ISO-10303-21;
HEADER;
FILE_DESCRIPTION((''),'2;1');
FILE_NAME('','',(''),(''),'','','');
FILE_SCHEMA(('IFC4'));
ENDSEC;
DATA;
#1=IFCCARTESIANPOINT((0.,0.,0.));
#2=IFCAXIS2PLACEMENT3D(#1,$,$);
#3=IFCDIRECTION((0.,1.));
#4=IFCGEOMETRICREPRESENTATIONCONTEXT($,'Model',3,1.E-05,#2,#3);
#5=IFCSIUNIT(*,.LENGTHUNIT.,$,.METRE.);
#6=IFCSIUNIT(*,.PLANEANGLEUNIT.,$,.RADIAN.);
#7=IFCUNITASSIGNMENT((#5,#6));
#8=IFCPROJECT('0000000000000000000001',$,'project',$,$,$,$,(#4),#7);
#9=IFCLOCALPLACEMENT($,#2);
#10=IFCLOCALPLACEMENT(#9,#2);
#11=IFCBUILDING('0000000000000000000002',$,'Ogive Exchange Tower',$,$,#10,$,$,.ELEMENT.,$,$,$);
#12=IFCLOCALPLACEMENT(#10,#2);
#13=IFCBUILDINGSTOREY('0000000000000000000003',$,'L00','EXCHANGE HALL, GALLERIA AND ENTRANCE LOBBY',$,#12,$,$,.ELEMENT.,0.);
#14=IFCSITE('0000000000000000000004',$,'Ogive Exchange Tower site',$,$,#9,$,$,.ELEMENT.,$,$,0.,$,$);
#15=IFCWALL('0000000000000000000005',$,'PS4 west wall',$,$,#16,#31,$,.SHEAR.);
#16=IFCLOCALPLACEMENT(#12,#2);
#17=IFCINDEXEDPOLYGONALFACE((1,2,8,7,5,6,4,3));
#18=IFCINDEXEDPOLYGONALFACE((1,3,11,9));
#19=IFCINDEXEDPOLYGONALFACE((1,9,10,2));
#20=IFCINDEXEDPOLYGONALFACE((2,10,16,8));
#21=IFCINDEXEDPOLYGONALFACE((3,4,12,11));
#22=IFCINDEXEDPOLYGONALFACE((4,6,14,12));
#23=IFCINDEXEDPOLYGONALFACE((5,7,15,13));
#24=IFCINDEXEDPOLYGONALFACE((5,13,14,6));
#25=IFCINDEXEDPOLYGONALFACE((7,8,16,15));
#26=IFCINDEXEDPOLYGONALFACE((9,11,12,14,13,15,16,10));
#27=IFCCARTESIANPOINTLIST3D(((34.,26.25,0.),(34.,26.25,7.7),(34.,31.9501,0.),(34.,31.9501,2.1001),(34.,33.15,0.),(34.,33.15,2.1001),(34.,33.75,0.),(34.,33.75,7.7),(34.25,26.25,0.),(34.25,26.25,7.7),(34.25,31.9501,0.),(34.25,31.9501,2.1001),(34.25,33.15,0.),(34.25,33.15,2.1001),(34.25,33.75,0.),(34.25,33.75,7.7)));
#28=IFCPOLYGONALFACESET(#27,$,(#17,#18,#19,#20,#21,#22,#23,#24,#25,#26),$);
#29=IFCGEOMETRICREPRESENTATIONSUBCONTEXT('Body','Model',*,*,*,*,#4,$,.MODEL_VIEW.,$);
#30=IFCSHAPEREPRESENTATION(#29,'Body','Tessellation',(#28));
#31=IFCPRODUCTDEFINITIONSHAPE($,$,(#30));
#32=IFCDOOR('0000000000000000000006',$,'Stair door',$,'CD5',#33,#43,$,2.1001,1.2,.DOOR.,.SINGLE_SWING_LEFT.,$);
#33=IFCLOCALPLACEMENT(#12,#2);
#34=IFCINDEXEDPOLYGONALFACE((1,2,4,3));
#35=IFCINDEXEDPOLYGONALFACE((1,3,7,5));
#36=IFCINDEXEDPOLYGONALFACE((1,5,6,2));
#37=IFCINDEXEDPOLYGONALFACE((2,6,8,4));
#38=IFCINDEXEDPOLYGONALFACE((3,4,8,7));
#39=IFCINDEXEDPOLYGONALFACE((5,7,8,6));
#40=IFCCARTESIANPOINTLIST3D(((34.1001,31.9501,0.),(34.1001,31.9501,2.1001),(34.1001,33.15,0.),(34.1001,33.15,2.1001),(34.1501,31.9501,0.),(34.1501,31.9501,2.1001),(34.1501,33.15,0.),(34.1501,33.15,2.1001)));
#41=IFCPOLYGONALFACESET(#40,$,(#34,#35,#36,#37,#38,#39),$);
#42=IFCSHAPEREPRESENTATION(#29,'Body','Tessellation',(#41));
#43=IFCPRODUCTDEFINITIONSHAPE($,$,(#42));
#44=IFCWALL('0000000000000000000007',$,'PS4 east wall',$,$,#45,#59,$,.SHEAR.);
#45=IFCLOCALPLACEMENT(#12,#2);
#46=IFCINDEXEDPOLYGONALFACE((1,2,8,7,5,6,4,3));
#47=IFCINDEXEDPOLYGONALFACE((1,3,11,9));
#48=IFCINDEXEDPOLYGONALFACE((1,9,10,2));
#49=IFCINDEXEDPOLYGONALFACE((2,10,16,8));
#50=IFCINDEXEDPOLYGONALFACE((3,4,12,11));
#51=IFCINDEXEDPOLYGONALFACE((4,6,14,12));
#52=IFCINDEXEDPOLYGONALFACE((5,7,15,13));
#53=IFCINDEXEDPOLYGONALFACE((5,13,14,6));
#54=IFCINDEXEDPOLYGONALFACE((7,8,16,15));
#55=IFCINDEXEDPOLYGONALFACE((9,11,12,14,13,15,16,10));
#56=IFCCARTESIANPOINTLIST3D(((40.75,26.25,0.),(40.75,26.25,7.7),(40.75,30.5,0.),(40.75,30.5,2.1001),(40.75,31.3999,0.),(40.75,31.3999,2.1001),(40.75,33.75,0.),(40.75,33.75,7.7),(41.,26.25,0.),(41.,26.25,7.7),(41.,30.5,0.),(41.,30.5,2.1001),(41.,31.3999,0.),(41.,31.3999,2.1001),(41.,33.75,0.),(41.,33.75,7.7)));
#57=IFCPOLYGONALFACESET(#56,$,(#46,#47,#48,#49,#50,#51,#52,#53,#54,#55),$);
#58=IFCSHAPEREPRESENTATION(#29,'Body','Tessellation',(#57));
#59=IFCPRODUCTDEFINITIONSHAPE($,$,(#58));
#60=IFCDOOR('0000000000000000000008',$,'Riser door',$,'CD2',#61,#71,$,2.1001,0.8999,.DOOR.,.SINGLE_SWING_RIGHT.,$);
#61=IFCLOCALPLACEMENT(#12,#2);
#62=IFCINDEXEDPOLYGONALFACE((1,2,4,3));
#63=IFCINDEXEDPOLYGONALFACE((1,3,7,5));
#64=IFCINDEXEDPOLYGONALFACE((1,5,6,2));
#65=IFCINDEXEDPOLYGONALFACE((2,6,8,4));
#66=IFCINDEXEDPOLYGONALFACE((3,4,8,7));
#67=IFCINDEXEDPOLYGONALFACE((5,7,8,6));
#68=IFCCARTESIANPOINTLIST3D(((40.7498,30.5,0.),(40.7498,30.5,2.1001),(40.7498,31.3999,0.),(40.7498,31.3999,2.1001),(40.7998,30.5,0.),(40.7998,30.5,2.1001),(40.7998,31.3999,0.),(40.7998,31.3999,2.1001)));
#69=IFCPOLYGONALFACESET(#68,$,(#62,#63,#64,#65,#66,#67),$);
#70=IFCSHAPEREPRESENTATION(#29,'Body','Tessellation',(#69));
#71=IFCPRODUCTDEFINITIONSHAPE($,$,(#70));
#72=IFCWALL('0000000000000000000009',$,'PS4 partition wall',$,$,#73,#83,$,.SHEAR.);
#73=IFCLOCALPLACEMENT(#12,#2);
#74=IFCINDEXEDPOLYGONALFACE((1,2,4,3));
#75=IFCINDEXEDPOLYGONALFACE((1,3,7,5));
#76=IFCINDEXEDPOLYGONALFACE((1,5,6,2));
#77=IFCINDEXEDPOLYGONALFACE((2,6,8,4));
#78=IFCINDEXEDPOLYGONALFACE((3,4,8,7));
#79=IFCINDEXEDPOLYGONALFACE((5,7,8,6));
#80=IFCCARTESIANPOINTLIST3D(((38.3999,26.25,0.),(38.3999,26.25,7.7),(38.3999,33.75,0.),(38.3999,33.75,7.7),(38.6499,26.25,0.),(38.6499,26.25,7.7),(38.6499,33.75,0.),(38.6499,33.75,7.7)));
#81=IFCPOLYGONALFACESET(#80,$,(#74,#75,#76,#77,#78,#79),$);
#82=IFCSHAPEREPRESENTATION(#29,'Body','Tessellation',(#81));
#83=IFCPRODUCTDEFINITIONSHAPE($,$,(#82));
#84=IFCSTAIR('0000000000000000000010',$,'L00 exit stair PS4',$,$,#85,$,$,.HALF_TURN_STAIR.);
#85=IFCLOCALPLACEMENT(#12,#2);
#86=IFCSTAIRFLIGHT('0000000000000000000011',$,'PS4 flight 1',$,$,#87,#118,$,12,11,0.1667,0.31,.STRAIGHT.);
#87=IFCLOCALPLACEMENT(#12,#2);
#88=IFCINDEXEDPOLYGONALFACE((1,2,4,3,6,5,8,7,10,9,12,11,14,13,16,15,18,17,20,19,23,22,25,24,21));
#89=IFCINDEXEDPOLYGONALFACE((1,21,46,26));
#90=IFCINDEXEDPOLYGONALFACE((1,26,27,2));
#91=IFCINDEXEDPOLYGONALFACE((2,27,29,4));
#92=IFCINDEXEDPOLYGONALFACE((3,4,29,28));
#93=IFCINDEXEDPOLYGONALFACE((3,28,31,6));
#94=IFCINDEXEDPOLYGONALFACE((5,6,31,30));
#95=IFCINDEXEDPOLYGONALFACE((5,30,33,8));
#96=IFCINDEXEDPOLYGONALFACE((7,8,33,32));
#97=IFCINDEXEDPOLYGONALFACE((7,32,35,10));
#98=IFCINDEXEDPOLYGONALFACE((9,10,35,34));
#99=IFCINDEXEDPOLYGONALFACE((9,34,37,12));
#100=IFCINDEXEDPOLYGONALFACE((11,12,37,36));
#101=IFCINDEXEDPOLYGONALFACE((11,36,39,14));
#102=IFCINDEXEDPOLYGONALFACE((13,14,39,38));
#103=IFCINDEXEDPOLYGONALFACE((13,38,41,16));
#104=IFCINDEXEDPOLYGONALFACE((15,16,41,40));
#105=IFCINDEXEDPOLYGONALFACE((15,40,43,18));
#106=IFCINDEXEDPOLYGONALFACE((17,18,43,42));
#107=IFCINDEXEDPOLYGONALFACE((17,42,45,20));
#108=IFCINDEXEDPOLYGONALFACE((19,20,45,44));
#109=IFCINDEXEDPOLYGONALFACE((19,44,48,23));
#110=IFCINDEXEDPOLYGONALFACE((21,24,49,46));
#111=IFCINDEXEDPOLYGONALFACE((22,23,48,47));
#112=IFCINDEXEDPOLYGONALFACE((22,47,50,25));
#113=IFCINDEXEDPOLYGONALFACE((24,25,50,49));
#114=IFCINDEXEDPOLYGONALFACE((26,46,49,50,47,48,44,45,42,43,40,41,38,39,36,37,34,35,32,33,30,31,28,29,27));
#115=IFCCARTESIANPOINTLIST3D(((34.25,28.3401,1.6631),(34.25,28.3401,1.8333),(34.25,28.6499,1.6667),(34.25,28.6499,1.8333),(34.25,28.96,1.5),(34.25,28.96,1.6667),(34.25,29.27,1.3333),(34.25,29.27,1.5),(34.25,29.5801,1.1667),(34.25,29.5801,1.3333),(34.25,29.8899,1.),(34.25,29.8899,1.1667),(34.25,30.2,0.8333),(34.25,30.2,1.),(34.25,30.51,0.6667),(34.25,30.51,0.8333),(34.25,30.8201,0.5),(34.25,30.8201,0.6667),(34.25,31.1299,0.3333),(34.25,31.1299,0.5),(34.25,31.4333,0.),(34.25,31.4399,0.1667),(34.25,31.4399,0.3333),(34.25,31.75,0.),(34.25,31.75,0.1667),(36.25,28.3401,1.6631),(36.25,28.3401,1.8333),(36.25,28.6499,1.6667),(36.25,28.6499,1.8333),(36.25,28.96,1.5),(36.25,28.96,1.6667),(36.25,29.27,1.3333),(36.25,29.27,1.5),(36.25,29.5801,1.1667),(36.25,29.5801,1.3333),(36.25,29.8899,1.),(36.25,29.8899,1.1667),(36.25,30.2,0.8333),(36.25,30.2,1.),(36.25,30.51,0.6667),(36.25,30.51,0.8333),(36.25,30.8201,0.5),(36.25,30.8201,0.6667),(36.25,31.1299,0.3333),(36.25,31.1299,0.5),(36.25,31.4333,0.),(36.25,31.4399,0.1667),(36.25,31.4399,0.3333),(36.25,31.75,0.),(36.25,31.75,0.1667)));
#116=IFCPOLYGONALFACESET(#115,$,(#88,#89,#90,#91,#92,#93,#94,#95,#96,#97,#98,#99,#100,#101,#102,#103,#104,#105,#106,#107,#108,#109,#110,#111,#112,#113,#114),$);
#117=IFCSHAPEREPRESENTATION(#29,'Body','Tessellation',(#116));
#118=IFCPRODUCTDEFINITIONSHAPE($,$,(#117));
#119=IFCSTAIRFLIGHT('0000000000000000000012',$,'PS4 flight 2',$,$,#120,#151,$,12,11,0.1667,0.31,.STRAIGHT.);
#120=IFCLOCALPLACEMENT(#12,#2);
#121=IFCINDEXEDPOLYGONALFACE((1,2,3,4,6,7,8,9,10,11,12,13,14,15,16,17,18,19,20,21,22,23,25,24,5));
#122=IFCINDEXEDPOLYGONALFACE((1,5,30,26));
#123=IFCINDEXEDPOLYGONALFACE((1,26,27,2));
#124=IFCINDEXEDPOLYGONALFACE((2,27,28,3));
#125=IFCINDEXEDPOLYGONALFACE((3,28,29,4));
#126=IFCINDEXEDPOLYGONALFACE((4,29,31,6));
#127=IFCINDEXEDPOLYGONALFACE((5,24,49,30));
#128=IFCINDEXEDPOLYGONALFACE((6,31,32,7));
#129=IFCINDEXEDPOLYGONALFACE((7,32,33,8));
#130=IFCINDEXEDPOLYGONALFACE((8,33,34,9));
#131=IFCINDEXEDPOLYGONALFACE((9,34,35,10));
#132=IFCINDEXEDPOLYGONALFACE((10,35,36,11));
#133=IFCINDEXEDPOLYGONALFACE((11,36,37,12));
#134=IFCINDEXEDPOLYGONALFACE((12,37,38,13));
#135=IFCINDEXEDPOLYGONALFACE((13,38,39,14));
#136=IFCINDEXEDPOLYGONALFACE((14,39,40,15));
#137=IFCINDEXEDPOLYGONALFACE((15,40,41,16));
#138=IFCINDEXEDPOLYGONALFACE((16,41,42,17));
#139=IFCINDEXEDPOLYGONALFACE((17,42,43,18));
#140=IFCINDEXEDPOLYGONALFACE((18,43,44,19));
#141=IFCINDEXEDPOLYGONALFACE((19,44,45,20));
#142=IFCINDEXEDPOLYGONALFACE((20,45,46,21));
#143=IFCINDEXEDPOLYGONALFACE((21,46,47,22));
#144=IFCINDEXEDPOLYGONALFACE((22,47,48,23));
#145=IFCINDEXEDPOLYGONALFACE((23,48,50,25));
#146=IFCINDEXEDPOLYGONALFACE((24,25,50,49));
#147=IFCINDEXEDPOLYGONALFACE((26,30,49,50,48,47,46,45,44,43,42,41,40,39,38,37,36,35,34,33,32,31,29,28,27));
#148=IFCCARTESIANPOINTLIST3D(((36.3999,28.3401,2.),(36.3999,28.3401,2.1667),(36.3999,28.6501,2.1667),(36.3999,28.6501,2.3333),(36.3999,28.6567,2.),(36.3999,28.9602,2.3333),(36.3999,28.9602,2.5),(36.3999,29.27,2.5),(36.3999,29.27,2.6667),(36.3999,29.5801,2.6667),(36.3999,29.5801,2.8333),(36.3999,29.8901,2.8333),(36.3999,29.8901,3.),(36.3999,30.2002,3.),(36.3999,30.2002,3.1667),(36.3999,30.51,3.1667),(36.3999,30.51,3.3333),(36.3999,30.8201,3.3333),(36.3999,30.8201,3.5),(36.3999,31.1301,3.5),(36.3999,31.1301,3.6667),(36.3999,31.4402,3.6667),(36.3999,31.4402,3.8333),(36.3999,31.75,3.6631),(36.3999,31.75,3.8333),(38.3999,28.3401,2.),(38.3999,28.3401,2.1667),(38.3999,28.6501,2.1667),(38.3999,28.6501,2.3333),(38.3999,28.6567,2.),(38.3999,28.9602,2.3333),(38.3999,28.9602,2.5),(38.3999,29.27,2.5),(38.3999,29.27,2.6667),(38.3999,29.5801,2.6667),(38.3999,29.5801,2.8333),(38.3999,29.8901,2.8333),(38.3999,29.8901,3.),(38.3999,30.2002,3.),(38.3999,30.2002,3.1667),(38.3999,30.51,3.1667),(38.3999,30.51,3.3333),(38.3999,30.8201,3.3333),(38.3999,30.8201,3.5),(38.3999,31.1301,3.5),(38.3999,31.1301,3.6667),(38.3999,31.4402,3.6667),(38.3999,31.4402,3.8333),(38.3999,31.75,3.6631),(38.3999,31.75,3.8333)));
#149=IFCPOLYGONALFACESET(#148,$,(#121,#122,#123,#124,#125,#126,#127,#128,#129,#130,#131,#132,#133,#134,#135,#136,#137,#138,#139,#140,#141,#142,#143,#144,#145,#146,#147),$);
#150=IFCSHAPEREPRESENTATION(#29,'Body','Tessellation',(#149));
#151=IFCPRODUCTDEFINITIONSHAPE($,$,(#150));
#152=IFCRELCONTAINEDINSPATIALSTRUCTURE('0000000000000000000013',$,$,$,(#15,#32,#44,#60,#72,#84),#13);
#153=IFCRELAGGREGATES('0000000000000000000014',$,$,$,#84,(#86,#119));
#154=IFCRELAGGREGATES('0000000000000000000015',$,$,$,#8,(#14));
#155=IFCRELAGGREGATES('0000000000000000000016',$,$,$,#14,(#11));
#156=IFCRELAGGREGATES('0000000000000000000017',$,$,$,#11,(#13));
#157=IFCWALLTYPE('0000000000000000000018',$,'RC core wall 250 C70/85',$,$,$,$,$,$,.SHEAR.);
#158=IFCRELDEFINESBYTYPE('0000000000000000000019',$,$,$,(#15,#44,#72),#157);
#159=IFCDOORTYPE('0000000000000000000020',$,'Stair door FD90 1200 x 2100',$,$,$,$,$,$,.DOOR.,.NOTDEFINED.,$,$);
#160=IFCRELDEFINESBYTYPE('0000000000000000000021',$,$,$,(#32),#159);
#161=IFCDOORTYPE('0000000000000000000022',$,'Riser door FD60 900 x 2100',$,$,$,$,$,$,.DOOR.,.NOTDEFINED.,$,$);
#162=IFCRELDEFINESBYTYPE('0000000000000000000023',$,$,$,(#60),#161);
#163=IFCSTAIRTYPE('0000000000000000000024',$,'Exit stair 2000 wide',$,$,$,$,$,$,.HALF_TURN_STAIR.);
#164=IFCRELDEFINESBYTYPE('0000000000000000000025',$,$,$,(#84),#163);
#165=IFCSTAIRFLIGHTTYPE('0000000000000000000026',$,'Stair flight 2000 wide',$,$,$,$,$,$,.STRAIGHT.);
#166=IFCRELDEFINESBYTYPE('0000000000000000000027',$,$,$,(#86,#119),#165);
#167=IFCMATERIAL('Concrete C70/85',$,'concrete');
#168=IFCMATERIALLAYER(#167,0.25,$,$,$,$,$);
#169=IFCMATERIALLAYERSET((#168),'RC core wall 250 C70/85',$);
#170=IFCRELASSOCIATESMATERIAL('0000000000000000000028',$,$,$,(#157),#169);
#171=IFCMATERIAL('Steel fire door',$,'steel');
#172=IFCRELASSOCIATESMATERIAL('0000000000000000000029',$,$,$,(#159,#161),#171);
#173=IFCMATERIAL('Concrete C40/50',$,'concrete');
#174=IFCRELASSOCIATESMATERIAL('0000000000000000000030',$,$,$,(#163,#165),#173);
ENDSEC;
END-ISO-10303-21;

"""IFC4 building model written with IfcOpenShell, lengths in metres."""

from ifc_helpers import new_model, si_unit, direction, frame, frame_2d, origin, place, context, subcontext, project, spatial, polyline, rectangle, outline, extrude, material, layer, layer_set, type_object, element, fill, aggregate, save


model = new_model("IFC4")

# Units and contexts
model_context = context("Model", 3, precision=1e-05, world=origin(), true_north=direction((0.0, 1.0)))
body_context = subcontext(model_context, "Body", "Model", "MODEL_VIEW")
ifc_project = project(units=[si_unit("LENGTHUNIT", "METRE"), si_unit("PLANEANGLEUNIT", "RADIAN")], contexts=[model_context])

# Site, building, storey
site_placement = place(None, origin())
site = spatial("IfcSite", under=ifc_project, at=site_placement, Name="Ogive Exchange Tower site", CompositionType="ELEMENT", RefElevation=0.0)
building_placement = place(site_placement, origin())
building = spatial("IfcBuilding", under=site, at=building_placement, Name="Ogive Exchange Tower", CompositionType="ELEMENT")
storey_placement = place(building_placement, origin())
storey = spatial("IfcBuildingStorey", under=building, at=storey_placement, Name="L00", Description="EXCHANGE HALL, GALLERIA AND ENTRANCE LOBBY", CompositionType="ELEMENT", Elevation=0.0)

# Shared definitions
ifc_material_1 = material(Name="Concrete C70/85", Category="concrete")

# Walls, openings, doors
ifc_layer_1 = layer(ifc_material_1, 0.25)
ifc_layer_set_1 = layer_set([ifc_layer_1], Name="RC core wall 250 C70/85")
wall_type_1 = type_object("IfcWallType", Name="RC core wall 250 C70/85", PredefinedType="SHEAR", material=ifc_layer_set_1)
wall_1_placement = place(storey_placement, frame((34.125, 26.25, 0.0), z_axis=(0.0, 0.0, 1.0), x_axis=(0.0, 1.0, 0.0)))
wall_1 = element("IfcWall", 1, at=wall_1_placement, inside=storey, type_object=wall_type_1, Name="PS4 west wall", PredefinedType="SHEAR", context=body_context, shape_type="SweptSolid", body=[
    extrude(rectangle(XDim=7.5, YDim=0.25, at=frame_2d((3.75, 0.0))), origin(), (0.0, 0.0, 1.0), 7.7),
])
opening_1_placement = place(wall_1_placement, frame((5.7, 0.0, 0.0)))
opening_1 = element("IfcOpeningElement", 2, at=opening_1_placement, cuts=wall_1, PredefinedType="OPENING", context=body_context, shape_type="SweptSolid", body=[
    extrude(rectangle(XDim=1.2, YDim=2.1001, at=frame_2d((0.6001, 1.05))), frame((0.0, 0.135, 0.0), z_axis=(0.0, -1.0, 0.0), x_axis=(1.0, 0.0, 0.0)), (0.0, 0.0, 1.0), 0.27),
])
ifc_material_2 = material(Name="Steel fire door", Category="steel")
door_type_1 = type_object("IfcDoorType", Name="Stair door FD90 1200 x 2100", OperationType="NOTDEFINED", PredefinedType="DOOR", material=ifc_material_2)
door_1_placement = place(opening_1_placement, origin())
door_1 = element("IfcDoor", 3, at=door_1_placement, inside=storey, type_object=door_type_1, Name="Stair door", ObjectType="CD5", OperationType="SINGLE_SWING_LEFT", OverallHeight=2.1001, OverallWidth=1.2, PredefinedType="DOOR", context=body_context, shape_type="SweptSolid", body=[
    extrude(rectangle(XDim=1.2, YDim=2.1001, at=frame_2d((0.6001, 1.05))), frame((0.0, 0.0249, 0.0), z_axis=(0.0, -1.0, 0.0), x_axis=(1.0, 0.0, 0.0)), (0.0, 0.0, 1.0), 0.05),
])
fill(opening_1, door_1)
wall_2_placement = place(storey_placement, frame((40.875, 26.25, 0.0), z_axis=(0.0, 0.0, 1.0), x_axis=(0.0, 1.0, 0.0)))
wall_2 = element("IfcWall", 4, at=wall_2_placement, inside=storey, type_object=wall_type_1, Name="PS4 east wall", PredefinedType="SHEAR", context=body_context, shape_type="SweptSolid", body=[
    extrude(rectangle(XDim=7.5, YDim=0.25, at=frame_2d((3.75, 0.0))), origin(), (0.0, 0.0, 1.0), 7.7),
])
opening_2_placement = place(wall_2_placement, frame((4.25, 0.0, 0.0)))
opening_2 = element("IfcOpeningElement", 5, at=opening_2_placement, cuts=wall_2, PredefinedType="OPENING", context=body_context, shape_type="SweptSolid", body=[
    extrude(rectangle(XDim=0.8999, YDim=2.1001, at=frame_2d((0.45, 1.05))), frame((0.0, 0.135, 0.0), z_axis=(0.0, -1.0, 0.0), x_axis=(1.0, 0.0, 0.0)), (0.0, 0.0, 1.0), 0.27),
])
door_type_2 = type_object("IfcDoorType", Name="Riser door FD60 900 x 2100", OperationType="NOTDEFINED", PredefinedType="DOOR", material=ifc_material_2)
door_2_placement = place(opening_2_placement, frame((0.8999, 0.2002, 0.0), z_axis=(0.0, 0.0, 1.0), x_axis=(-1.0, 0.0, 0.0)))
door_2 = element("IfcDoor", 6, at=door_2_placement, inside=storey, type_object=door_type_2, Name="Riser door", ObjectType="CD2", OperationType="SINGLE_SWING_RIGHT", OverallHeight=2.1001, OverallWidth=0.8999, PredefinedType="DOOR", context=body_context, shape_type="SweptSolid", body=[
    extrude(rectangle(XDim=0.8999, YDim=2.1001, at=frame_2d((0.45, 1.05))), frame((0.0, 0.125, 0.0), z_axis=(0.0, -1.0, 0.0), x_axis=(1.0, 0.0, 0.0)), (0.0, 0.0, 1.0), 0.05),
])
fill(opening_2, door_2)

# Wall
wall_3_placement = place(storey_placement, frame((38.5249, 26.25, 0.0), z_axis=(0.0, 0.0, 1.0), x_axis=(0.0, 1.0, 0.0)))
element("IfcWall", 7, at=wall_3_placement, inside=storey, type_object=wall_type_1, Name="PS4 partition wall", PredefinedType="SHEAR", context=body_context, shape_type="SweptSolid", body=[
    extrude(rectangle(XDim=7.5, YDim=0.25, at=frame_2d((3.75, 0.0))), origin(), (0.0, 0.0, 1.0), 7.7),
])

# Stair, stair flights
ifc_material_3 = material(Name="Concrete C40/50", Category="concrete")
stair_type = type_object("IfcStairType", Name="Exit stair 2000 wide", PredefinedType="HALF_TURN_STAIR", material=ifc_material_3)
stair_placement = place(storey_placement, origin())
stair = element("IfcStair", 8, at=stair_placement, inside=storey, type_object=stair_type, Name="L00 exit stair PS4", PredefinedType="HALF_TURN_STAIR")
stair_flight_type = type_object("IfcStairFlightType", Name="Stair flight 2000 wide", PredefinedType="STRAIGHT", material=ifc_material_3)
stair_flight_1_placement = place(storey_placement, frame((35.25, 31.75, 0.0), z_axis=(0.0, 0.0, 1.0), x_axis=(0.0, -1.0, 0.0)))
stair_flight_1 = element("IfcStairFlight", 9, at=stair_flight_1_placement, type_object=stair_flight_type, Name="PS4 flight 1", NumberOfRisers=12, NumberOfTreads=11, PredefinedType="STRAIGHT", RiserHeight=0.1667, TreadLength=0.31, context=body_context, shape_type="SweptSolid", body=[
    extrude(outline(polyline([(0.0, 0.0), (0.0, 0.1667), (0.3101, 0.1667), (0.3101, 0.3333), (0.6201, 0.3333), (0.6201, 0.5), (0.9299, 0.5), (0.9299, 0.6667), (1.24, 0.6667), (1.24, 0.8333), (1.55, 0.8333), (1.55, 1.0), (1.8601, 1.0), (1.8601, 1.1667), (2.1699, 1.1667), (2.1699, 1.3333), (2.48, 1.3333), (2.48, 1.5), (2.79, 1.5), (2.79, 1.6667), (3.1001, 1.6667), (3.1001, 1.8333), (3.4099, 1.8333), (3.4099, 2.0), (3.4099, 1.6631), (0.3167, 0.0), (0.0, 0.0)])), frame((0.0, 1.0, 0.0), z_axis=(0.0, -1.0, 0.0), x_axis=(1.0, 0.0, 0.0)), (0.0, 0.0, 1.0), 2.0),
])
stair_flight_2_placement = place(storey_placement, frame((37.3999, 28.3401, 2.0), z_axis=(0.0, 0.0, 1.0), x_axis=(0.0, 1.0, 0.0)))
stair_flight_2 = element("IfcStairFlight", 10, at=stair_flight_2_placement, type_object=stair_flight_type, Name="PS4 flight 2", NumberOfRisers=12, NumberOfTreads=11, PredefinedType="STRAIGHT", RiserHeight=0.1667, TreadLength=0.31, context=body_context, shape_type="SweptSolid", body=[
    extrude(outline(polyline([(0.0, 0.0), (0.0, 0.1667), (0.3101, 0.1667), (0.3101, 0.3333), (0.6201, 0.3333), (0.6201, 0.5), (0.9299, 0.5), (0.9299, 0.6667), (1.24, 0.6667), (1.24, 0.8333), (1.55, 0.8333), (1.55, 1.0), (1.8601, 1.0), (1.8601, 1.1667), (2.1699, 1.1667), (2.1699, 1.3333), (2.48, 1.3333), (2.48, 1.5), (2.79, 1.5), (2.79, 1.6667), (3.1001, 1.6667), (3.1001, 1.8333), (3.4099, 1.8333), (3.4099, 2.0), (3.4099, 1.6631), (0.3167, 0.0), (0.0, 0.0)])), frame((0.0, 1.0, 0.0), z_axis=(0.0, -1.0, 0.0), x_axis=(1.0, 0.0, 0.0)), (0.0, 0.0, 1.0), 2.0),
])
aggregate(stair, [stair_flight_1, stair_flight_2])

save(model, "model.ifc")
